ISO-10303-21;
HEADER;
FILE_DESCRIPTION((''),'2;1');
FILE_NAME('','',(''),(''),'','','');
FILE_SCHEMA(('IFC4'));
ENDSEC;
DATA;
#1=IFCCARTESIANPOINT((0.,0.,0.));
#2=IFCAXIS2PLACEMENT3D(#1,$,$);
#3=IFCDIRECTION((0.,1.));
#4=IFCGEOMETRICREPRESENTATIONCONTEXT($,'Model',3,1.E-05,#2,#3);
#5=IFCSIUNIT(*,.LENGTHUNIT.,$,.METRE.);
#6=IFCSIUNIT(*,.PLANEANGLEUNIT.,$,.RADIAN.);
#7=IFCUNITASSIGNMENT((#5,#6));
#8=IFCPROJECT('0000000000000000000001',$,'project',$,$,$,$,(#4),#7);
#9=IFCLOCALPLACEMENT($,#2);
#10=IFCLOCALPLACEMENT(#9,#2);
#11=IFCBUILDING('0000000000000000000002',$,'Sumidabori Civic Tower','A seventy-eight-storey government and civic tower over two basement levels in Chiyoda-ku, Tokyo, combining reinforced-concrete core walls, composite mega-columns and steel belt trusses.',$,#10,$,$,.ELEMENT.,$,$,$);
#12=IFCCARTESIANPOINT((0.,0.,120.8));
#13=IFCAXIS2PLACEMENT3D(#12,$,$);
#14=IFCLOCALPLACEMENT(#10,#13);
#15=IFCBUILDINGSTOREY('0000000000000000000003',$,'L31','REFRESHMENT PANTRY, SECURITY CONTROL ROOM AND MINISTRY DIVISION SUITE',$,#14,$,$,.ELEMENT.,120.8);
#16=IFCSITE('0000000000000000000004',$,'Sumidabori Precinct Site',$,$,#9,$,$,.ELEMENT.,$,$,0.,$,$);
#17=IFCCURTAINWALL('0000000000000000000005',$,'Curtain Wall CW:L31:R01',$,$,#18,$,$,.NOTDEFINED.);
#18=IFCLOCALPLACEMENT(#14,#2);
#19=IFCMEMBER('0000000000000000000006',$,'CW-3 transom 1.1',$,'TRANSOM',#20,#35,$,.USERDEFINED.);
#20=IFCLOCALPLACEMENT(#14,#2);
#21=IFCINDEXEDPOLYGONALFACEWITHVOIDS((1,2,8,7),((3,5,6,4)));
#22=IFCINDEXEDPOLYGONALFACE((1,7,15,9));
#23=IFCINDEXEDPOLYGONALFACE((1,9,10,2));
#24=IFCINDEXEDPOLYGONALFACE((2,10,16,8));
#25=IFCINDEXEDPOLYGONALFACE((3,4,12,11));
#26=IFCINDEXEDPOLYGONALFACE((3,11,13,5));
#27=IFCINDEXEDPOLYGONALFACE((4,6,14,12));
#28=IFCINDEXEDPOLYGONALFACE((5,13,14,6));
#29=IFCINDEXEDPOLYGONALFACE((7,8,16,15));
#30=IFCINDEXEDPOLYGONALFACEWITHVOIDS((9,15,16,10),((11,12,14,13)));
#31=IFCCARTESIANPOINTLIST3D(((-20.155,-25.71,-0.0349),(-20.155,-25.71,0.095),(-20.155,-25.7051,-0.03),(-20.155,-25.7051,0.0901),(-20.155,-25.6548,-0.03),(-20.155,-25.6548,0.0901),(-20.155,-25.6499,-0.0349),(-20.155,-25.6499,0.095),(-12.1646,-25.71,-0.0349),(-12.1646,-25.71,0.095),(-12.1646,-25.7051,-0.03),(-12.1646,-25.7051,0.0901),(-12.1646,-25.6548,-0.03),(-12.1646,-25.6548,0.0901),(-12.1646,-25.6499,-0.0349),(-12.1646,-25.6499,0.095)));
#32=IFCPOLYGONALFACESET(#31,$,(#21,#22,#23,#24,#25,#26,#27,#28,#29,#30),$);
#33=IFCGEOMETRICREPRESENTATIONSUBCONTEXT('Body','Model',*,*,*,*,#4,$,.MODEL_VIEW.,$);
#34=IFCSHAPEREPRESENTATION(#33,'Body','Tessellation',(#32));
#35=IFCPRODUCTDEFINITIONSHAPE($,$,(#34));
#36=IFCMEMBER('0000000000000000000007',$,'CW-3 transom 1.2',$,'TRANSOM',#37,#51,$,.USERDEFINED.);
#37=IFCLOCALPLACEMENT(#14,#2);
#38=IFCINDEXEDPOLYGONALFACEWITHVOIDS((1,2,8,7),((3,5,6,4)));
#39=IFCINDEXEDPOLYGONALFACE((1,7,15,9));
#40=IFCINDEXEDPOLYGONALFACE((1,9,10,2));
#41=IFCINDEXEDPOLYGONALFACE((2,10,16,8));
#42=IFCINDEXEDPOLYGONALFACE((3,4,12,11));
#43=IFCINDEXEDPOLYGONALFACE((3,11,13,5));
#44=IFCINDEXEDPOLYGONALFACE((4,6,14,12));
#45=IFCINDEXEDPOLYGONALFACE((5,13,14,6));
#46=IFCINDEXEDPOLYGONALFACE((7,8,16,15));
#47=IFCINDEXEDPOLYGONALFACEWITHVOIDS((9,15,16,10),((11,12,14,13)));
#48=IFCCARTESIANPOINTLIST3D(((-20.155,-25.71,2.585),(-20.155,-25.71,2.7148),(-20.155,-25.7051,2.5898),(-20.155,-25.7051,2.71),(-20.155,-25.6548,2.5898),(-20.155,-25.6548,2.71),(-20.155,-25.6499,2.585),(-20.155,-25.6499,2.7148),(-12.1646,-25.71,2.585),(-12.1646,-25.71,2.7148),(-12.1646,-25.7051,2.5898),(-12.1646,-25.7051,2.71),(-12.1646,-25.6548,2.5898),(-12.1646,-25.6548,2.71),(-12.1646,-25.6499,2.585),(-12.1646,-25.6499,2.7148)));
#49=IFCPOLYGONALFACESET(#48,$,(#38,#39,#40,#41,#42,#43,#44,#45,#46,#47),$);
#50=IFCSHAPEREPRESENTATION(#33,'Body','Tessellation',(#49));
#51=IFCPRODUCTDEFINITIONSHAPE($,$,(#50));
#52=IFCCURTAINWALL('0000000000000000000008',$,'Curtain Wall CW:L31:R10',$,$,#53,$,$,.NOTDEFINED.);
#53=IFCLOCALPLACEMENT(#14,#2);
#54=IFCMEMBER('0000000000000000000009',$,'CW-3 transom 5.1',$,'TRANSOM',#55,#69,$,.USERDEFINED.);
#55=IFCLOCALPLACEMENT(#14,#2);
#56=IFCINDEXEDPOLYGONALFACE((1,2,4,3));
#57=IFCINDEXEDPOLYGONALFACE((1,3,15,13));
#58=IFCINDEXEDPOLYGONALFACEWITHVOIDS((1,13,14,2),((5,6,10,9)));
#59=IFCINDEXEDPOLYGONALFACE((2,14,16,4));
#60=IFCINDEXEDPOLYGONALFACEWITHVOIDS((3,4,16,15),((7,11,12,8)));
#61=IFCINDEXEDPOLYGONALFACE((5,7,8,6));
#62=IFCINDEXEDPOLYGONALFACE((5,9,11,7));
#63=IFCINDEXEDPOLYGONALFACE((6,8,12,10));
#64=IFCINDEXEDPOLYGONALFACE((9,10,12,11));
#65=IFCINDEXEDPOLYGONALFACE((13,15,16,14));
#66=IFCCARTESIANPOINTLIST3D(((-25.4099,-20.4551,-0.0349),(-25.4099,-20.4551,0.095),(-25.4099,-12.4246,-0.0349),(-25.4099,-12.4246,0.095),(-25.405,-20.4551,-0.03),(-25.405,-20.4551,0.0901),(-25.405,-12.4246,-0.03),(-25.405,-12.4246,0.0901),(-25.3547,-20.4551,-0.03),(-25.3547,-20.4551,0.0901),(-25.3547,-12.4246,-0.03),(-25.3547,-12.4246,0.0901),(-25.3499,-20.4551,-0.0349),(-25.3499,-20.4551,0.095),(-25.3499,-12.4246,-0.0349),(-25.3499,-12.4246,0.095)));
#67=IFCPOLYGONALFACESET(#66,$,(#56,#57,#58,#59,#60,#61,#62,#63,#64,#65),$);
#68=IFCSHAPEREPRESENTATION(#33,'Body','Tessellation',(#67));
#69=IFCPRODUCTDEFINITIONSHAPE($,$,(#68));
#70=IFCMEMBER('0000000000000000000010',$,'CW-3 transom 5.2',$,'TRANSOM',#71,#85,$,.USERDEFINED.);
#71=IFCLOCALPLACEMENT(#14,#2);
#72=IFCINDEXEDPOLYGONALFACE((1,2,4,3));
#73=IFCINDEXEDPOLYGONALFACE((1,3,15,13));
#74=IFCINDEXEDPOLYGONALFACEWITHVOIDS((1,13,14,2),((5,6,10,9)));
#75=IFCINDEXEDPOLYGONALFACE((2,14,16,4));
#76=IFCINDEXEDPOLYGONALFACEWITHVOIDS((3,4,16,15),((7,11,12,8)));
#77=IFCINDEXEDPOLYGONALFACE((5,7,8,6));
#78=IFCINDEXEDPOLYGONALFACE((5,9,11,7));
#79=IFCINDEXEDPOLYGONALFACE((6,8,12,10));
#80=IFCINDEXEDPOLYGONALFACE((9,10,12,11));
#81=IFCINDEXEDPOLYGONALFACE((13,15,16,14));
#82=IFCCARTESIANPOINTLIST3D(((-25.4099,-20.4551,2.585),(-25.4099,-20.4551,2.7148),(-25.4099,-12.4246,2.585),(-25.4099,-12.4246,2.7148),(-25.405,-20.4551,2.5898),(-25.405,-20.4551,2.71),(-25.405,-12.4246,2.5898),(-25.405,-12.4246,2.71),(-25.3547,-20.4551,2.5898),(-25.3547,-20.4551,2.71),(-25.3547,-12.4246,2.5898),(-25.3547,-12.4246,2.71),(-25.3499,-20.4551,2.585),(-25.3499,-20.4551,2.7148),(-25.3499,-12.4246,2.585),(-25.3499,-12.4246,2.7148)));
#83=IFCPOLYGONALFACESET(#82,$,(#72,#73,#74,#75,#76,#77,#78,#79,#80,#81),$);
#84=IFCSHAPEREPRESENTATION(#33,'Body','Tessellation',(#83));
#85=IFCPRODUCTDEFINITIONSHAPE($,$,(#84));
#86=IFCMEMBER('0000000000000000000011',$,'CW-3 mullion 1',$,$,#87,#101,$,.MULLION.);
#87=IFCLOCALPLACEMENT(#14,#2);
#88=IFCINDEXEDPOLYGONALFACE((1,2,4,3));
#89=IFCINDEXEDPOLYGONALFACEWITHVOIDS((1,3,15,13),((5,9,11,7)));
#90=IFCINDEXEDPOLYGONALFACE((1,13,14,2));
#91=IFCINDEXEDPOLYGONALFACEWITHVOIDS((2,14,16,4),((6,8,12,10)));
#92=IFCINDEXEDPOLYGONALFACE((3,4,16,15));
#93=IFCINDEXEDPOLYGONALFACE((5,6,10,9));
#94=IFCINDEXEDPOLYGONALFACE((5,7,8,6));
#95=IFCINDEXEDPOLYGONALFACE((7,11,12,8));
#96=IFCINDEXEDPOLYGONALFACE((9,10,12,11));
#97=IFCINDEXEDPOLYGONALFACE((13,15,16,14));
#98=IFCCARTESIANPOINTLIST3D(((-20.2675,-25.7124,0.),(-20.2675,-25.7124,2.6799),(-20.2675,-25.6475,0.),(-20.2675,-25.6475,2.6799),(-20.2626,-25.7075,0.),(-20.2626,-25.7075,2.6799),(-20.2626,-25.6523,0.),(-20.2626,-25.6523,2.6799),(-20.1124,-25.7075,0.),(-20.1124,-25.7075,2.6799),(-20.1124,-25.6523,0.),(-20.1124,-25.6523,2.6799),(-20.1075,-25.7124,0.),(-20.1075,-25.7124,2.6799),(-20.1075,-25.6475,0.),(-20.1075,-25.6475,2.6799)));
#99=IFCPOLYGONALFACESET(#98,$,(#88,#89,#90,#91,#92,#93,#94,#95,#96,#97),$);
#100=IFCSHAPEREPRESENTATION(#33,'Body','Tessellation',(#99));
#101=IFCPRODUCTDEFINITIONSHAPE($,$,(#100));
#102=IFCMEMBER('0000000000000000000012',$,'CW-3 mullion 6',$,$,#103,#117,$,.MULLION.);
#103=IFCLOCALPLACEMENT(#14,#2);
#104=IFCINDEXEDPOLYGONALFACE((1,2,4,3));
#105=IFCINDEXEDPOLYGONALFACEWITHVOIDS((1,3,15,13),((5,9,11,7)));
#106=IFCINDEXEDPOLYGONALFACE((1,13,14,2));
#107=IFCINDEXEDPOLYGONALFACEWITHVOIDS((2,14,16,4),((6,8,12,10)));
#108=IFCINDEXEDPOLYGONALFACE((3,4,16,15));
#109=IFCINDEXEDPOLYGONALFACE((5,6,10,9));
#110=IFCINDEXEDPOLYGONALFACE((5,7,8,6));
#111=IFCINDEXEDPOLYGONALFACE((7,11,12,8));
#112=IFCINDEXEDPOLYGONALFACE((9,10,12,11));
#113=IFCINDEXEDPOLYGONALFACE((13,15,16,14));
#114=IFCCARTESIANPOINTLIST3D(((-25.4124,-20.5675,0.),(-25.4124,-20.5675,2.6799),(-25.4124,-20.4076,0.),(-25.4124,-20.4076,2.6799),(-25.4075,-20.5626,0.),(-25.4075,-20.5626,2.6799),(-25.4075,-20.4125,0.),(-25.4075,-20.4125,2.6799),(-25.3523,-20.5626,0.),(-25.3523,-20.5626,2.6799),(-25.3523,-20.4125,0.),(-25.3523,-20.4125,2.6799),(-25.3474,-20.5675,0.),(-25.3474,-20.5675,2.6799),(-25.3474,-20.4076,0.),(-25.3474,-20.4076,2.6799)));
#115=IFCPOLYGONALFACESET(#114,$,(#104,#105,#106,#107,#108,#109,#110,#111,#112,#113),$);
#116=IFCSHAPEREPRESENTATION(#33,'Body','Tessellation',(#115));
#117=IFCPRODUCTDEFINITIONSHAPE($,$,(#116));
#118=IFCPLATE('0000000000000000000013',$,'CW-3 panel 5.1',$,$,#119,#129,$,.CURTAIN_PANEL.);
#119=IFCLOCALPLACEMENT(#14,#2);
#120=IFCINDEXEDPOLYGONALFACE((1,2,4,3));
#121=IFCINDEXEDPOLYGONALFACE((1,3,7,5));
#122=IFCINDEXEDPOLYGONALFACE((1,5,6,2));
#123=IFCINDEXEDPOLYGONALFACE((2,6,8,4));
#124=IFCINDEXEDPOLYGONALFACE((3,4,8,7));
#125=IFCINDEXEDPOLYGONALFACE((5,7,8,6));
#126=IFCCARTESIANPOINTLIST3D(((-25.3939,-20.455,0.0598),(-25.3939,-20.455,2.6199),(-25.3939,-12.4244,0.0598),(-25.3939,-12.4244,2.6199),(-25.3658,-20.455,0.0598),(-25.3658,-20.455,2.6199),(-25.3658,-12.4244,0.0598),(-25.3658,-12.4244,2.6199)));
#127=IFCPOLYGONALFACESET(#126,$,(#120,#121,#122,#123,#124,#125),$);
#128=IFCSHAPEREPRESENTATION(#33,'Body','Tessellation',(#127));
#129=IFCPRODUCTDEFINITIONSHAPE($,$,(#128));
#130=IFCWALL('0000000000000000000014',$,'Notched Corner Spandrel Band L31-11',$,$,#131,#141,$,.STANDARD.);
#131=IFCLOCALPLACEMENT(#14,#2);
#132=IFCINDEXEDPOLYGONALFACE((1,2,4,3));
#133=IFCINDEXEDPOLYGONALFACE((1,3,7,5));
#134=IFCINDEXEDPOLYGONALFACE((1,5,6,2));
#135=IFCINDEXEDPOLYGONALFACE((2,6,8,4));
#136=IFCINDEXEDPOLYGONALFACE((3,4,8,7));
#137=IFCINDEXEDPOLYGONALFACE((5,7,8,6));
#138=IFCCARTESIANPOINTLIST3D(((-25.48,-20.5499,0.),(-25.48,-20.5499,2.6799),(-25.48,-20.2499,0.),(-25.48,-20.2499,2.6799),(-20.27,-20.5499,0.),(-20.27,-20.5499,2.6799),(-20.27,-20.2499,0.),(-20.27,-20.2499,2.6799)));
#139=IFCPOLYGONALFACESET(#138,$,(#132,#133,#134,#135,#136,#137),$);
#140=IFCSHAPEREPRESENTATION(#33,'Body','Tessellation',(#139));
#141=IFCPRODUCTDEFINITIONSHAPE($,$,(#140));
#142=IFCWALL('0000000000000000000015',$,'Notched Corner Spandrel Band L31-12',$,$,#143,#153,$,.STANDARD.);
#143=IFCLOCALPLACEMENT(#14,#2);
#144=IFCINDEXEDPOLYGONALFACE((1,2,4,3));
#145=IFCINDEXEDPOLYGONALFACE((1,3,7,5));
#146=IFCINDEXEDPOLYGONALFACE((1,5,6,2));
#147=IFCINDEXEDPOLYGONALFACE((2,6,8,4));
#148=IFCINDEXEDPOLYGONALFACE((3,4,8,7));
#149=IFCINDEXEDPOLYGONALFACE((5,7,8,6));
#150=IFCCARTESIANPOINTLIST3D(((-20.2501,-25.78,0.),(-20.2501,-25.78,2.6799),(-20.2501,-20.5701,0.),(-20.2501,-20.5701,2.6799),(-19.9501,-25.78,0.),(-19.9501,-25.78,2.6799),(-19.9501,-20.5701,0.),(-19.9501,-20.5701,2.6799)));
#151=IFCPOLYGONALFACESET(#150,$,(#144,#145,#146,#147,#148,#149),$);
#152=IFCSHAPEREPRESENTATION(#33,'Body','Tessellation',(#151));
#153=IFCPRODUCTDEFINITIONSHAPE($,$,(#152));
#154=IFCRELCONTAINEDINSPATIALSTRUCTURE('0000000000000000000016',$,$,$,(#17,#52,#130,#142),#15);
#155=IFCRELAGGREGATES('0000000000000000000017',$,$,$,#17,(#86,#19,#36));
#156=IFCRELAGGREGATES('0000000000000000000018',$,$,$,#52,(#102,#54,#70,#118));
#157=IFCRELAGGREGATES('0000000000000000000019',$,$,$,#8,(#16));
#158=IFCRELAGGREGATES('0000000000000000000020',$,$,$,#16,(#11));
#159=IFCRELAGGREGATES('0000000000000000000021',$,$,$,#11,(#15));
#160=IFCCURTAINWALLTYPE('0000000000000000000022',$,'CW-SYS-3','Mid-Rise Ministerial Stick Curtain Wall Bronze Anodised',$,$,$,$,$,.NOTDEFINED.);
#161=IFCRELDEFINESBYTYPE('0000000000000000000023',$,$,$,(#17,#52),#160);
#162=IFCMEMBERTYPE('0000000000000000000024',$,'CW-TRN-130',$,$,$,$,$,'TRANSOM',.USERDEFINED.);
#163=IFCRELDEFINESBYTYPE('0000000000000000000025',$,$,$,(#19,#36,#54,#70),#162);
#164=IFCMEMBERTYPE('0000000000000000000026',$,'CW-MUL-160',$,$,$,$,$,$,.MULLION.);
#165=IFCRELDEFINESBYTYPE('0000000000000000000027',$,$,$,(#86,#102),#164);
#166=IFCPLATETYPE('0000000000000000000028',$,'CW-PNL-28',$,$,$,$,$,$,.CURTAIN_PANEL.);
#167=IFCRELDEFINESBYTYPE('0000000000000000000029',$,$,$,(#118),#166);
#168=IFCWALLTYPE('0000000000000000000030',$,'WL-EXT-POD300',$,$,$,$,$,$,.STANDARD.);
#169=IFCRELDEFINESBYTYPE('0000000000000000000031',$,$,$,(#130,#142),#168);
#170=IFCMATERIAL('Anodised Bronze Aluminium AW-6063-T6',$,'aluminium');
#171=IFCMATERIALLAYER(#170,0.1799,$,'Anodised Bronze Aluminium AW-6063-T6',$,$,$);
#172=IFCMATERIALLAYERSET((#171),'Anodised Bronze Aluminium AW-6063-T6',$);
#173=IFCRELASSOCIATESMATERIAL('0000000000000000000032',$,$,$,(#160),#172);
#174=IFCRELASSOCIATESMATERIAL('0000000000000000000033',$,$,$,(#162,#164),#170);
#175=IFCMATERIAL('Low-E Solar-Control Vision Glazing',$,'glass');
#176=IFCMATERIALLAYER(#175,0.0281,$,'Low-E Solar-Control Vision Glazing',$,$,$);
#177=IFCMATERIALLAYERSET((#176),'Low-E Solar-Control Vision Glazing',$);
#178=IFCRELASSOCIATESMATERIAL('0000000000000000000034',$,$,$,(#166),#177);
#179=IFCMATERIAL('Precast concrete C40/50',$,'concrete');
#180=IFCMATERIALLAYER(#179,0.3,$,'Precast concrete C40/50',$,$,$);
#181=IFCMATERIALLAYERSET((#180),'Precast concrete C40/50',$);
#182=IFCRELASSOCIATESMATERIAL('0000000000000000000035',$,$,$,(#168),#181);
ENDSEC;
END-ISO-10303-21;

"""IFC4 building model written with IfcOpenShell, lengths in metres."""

from ifc_helpers import new_model, si_unit, direction, frame, frame_2d, origin, origin_2d, place, context, subcontext, project, spatial, rectangle, hollow_rectangle, extrude, source, transform, mapped, material, layer, layer_set, material_profile, profile_set, type_object, element, aggregate, save


model = new_model("IFC4")

# Units and contexts
model_context = context("Model", 3, precision=1e-05, world=origin(), true_north=direction((0.0, 1.0)))
body_context = subcontext(model_context, "Body", "Model", "MODEL_VIEW")
ifc_project = project(units=[si_unit("LENGTHUNIT", "METRE"), si_unit("PLANEANGLEUNIT", "RADIAN")], contexts=[model_context])

# Site, building, storey
site_placement = place(None, origin())
site = spatial("IfcSite", under=ifc_project, at=site_placement, Name="Sumidabori Precinct Site", CompositionType="ELEMENT", RefElevation=0.0)
building_placement = place(site_placement, origin())
building = spatial("IfcBuilding", under=site, at=building_placement, Name="Sumidabori Civic Tower", Description="A seventy-eight-storey government and civic tower over two basement levels in Chiyoda-ku, Tokyo, combining reinforced-concrete core walls, composite mega-columns and steel belt trusses.", CompositionType="ELEMENT")
storey_placement = place(building_placement, frame((0.0, 0.0, 120.8)))
storey = spatial("IfcBuildingStorey", under=building, at=storey_placement, Name="L31", Description="REFRESHMENT PANTRY, SECURITY CONTROL ROOM AND MINISTRY DIVISION SUITE", CompositionType="ELEMENT", Elevation=120.8)

# Curtain walls, members
ifc_material_1 = material(Name="Anodised Bronze Aluminium AW-6063-T6", Category="aluminium")
ifc_layer_1 = layer(ifc_material_1, 0.1799, Name="Anodised Bronze Aluminium AW-6063-T6")
ifc_layer_set_1 = layer_set([ifc_layer_1], Name="Anodised Bronze Aluminium AW-6063-T6")
curtain_wall_type = type_object("IfcCurtainWallType", Name="CW-SYS-3", Description="Mid-Rise Ministerial Stick Curtain Wall Bronze Anodised", PredefinedType="NOTDEFINED", material=ifc_layer_set_1)
curtain_wall_1_placement = place(storey_placement, origin())
curtain_wall_1 = element("IfcCurtainWall", 1, at=curtain_wall_1_placement, inside=storey, type_object=curtain_wall_type, Name="Curtain Wall CW:L31:R01", PredefinedType="NOTDEFINED")
ifc_material_profile_1 = material_profile(ifc_material_1, hollow_rectangle(XDim=0.0601, YDim=0.1299, WallThickness=0.0049, at=origin_2d()), Name="ALU TRANSOM 130x60")
ifc_profile_set_1 = profile_set([ifc_material_profile_1], Name="Anodised Bronze Aluminium AW-6063-T6")
member_type_1 = type_object("IfcMemberType", Name="CW-TRN-130", ElementType="TRANSOM", PredefinedType="USERDEFINED", material=ifc_profile_set_1)
shared_shape_1 = source(origin(), body_context, "Body", "SweptSolid", [
    extrude(hollow_rectangle(XDim=0.0601, YDim=0.1299, WallThickness=0.0049, at=origin_2d()), origin(), (0.0, 0.0, 1.0), 7.9905),
])
member_1_placement = place(storey_placement, frame((-20.155, -25.6799, 0.03), z_axis=(1.0, 0.0, 0.0), x_axis=(0.0, 1.0, 0.0)))
member_1 = element("IfcMember", 2, at=member_1_placement, type_object=member_type_1, Name="CW-3 transom 1.1", ObjectType="TRANSOM", PredefinedType="USERDEFINED", context=body_context, shape_type="MappedRepresentation", body=[
    mapped(shared_shape_1, transform((0.0, 0.0, 0.0), x_axis=(1.0, 0.0, 0.0), y_axis=(0.0, 1.0, 0.0), z_axis=(0.0, 0.0, 1.0), scale=1.0)),
])
member_2_placement = place(storey_placement, frame((-20.155, -25.6799, 2.6499), z_axis=(1.0, 0.0, 0.0), x_axis=(0.0, 1.0, 0.0)))
member_2 = element("IfcMember", 3, at=member_2_placement, type_object=member_type_1, Name="CW-3 transom 1.2", ObjectType="TRANSOM", PredefinedType="USERDEFINED", context=body_context, shape_type="MappedRepresentation", body=[
    mapped(shared_shape_1, transform((0.0, 0.0, 0.0), x_axis=(1.0, 0.0, 0.0), y_axis=(0.0, 1.0, 0.0), z_axis=(0.0, 0.0, 1.0), scale=1.0)),
])
curtain_wall_2_placement = place(storey_placement, origin())
curtain_wall_2 = element("IfcCurtainWall", 4, at=curtain_wall_2_placement, inside=storey, type_object=curtain_wall_type, Name="Curtain Wall CW:L31:R10", PredefinedType="NOTDEFINED")
shared_shape_2 = source(origin(), body_context, "Body", "SweptSolid", [
    extrude(hollow_rectangle(XDim=0.0601, YDim=0.1299, WallThickness=0.0049, at=origin_2d()), origin(), (0.0, 0.0, 1.0), 8.0305),
])
member_3_placement = place(storey_placement, frame((-25.3799, -12.4246, 0.03), z_axis=(0.0, -1.0, 0.0), x_axis=(1.0, 0.0, 0.0)))
member_3 = element("IfcMember", 5, at=member_3_placement, type_object=member_type_1, Name="CW-3 transom 5.1", ObjectType="TRANSOM", PredefinedType="USERDEFINED", context=body_context, shape_type="MappedRepresentation", body=[
    mapped(shared_shape_2, transform((0.0, 0.0, 0.0), x_axis=(1.0, 0.0, 0.0), y_axis=(0.0, 1.0, 0.0), z_axis=(0.0, 0.0, 1.0), scale=1.0)),
])
member_4_placement = place(storey_placement, frame((-25.3799, -12.4246, 2.6499), z_axis=(0.0, -1.0, 0.0), x_axis=(1.0, 0.0, 0.0)))
member_4 = element("IfcMember", 6, at=member_4_placement, type_object=member_type_1, Name="CW-3 transom 5.2", ObjectType="TRANSOM", PredefinedType="USERDEFINED", context=body_context, shape_type="MappedRepresentation", body=[
    mapped(shared_shape_2, transform((0.0, 0.0, 0.0), x_axis=(1.0, 0.0, 0.0), y_axis=(0.0, 1.0, 0.0), z_axis=(0.0, 0.0, 1.0), scale=1.0)),
])

# Members
ifc_material_profile_2 = material_profile(ifc_material_1, hollow_rectangle(XDim=0.0649, YDim=0.1599, WallThickness=0.0049, at=origin_2d()), Name="ALU MULLION 160x65")
ifc_profile_set_2 = profile_set([ifc_material_profile_2], Name="Anodised Bronze Aluminium AW-6063-T6")
member_type_2 = type_object("IfcMemberType", Name="CW-MUL-160", PredefinedType="MULLION", material=ifc_profile_set_2)
shared_shape_3 = source(origin(), body_context, "Body", "SweptSolid", [
    extrude(hollow_rectangle(XDim=0.0649, YDim=0.1599, WallThickness=0.0049, at=origin_2d()), origin(), (0.0, 0.0, 1.0), 2.6799),
])
member_5_placement = place(storey_placement, frame((-20.1875, -25.6799, 0.0), z_axis=(0.0, 0.0, 1.0), x_axis=(0.0, 1.0, 0.0)))
member_5 = element("IfcMember", 7, at=member_5_placement, type_object=member_type_2, Name="CW-3 mullion 1", PredefinedType="MULLION", context=body_context, shape_type="MappedRepresentation", body=[
    mapped(shared_shape_3, transform((0.0, 0.0, 0.0), x_axis=(1.0, 0.0, 0.0), y_axis=(0.0, 1.0, 0.0), z_axis=(0.0, 0.0, 1.0), scale=1.0)),
])
aggregate(curtain_wall_1, [member_5, member_1, member_2])
member_6_placement = place(storey_placement, frame((-25.3799, -20.4875, 0.0), z_axis=(0.0, 0.0, 1.0), x_axis=(1.0, 0.0, 0.0)))
member_6 = element("IfcMember", 8, at=member_6_placement, type_object=member_type_2, Name="CW-3 mullion 6", PredefinedType="MULLION", context=body_context, shape_type="MappedRepresentation", body=[
    mapped(shared_shape_3, transform((0.0, 0.0, 0.0), x_axis=(1.0, 0.0, 0.0), y_axis=(0.0, 1.0, 0.0), z_axis=(0.0, 0.0, 1.0), scale=1.0)),
])

# Plate
ifc_material_2 = material(Name="Low-E Solar-Control Vision Glazing", Category="glass")
ifc_layer_2 = layer(ifc_material_2, 0.0281, Name="Low-E Solar-Control Vision Glazing")
ifc_layer_set_2 = layer_set([ifc_layer_2], Name="Low-E Solar-Control Vision Glazing")
plate_type = type_object("IfcPlateType", Name="CW-PNL-28", PredefinedType="CURTAIN_PANEL", material=ifc_layer_set_2)
shared_shape_4 = source(origin(), body_context, "Body", "SweptSolid", [
    extrude(rectangle(XDim=8.0305, YDim=0.0281, at=origin_2d()), origin(), (0.0, 0.0, 1.0), 2.5601),
])
plate_placement = place(storey_placement, frame((-25.3799, -16.4397, 0.0598), z_axis=(0.0, 0.0, 1.0), x_axis=(0.0, -1.0, 0.0)))
plate = element("IfcPlate", 9, at=plate_placement, type_object=plate_type, Name="CW-3 panel 5.1", PredefinedType="CURTAIN_PANEL", context=body_context, shape_type="MappedRepresentation", body=[
    mapped(shared_shape_4, transform((0.0, 0.0, 0.0), x_axis=(1.0, 0.0, 0.0), y_axis=(0.0, 1.0, 0.0), z_axis=(0.0, 0.0, 1.0), scale=1.0)),
])
aggregate(curtain_wall_2, [member_6, member_3, member_4, plate])

# Walls
ifc_material_3 = material(Name="Precast concrete C40/50", Category="concrete")
ifc_layer_3 = layer(ifc_material_3, 0.3, Name="Precast concrete C40/50")
ifc_layer_set_3 = layer_set([ifc_layer_3], Name="Precast concrete C40/50")
wall_type_1 = type_object("IfcWallType", Name="WL-EXT-POD300", PredefinedType="STANDARD", material=ifc_layer_set_3)
shared_shape_5 = source(origin(), body_context, "Body", "SweptSolid", [
    extrude(rectangle(XDim=5.21, YDim=0.3, at=frame_2d((2.605, 0.0))), origin(), (0.0, 0.0, 1.0), 2.6799),
])
for number, where, z_axis, x_axis, name in (
    (10, (-25.48, -20.3999, 0.0), (0.0, 0.0, 1.0), (1.0, 0.0, 0.0), "Notched Corner Spandrel Band L31-11"),
    (11, (-20.1001, -20.5701, 0.0), (0.0, 0.0, 1.0), (0.0, -1.0, 0.0), "Notched Corner Spandrel Band L31-12"),
):
    element("IfcWall", number, at=place(storey_placement, frame(where, z_axis=z_axis, x_axis=x_axis)), inside=storey, type_object=wall_type_1, Name=name, PredefinedType="STANDARD", context=body_context, shape_type="MappedRepresentation", body=[
        mapped(shared_shape_5, transform((0.0, 0.0, 0.0), x_axis=(1.0, 0.0, 0.0), y_axis=(0.0, 1.0, 0.0), z_axis=(0.0, 0.0, 1.0), scale=1.0)),
    ])

save(model, "model.ifc")
